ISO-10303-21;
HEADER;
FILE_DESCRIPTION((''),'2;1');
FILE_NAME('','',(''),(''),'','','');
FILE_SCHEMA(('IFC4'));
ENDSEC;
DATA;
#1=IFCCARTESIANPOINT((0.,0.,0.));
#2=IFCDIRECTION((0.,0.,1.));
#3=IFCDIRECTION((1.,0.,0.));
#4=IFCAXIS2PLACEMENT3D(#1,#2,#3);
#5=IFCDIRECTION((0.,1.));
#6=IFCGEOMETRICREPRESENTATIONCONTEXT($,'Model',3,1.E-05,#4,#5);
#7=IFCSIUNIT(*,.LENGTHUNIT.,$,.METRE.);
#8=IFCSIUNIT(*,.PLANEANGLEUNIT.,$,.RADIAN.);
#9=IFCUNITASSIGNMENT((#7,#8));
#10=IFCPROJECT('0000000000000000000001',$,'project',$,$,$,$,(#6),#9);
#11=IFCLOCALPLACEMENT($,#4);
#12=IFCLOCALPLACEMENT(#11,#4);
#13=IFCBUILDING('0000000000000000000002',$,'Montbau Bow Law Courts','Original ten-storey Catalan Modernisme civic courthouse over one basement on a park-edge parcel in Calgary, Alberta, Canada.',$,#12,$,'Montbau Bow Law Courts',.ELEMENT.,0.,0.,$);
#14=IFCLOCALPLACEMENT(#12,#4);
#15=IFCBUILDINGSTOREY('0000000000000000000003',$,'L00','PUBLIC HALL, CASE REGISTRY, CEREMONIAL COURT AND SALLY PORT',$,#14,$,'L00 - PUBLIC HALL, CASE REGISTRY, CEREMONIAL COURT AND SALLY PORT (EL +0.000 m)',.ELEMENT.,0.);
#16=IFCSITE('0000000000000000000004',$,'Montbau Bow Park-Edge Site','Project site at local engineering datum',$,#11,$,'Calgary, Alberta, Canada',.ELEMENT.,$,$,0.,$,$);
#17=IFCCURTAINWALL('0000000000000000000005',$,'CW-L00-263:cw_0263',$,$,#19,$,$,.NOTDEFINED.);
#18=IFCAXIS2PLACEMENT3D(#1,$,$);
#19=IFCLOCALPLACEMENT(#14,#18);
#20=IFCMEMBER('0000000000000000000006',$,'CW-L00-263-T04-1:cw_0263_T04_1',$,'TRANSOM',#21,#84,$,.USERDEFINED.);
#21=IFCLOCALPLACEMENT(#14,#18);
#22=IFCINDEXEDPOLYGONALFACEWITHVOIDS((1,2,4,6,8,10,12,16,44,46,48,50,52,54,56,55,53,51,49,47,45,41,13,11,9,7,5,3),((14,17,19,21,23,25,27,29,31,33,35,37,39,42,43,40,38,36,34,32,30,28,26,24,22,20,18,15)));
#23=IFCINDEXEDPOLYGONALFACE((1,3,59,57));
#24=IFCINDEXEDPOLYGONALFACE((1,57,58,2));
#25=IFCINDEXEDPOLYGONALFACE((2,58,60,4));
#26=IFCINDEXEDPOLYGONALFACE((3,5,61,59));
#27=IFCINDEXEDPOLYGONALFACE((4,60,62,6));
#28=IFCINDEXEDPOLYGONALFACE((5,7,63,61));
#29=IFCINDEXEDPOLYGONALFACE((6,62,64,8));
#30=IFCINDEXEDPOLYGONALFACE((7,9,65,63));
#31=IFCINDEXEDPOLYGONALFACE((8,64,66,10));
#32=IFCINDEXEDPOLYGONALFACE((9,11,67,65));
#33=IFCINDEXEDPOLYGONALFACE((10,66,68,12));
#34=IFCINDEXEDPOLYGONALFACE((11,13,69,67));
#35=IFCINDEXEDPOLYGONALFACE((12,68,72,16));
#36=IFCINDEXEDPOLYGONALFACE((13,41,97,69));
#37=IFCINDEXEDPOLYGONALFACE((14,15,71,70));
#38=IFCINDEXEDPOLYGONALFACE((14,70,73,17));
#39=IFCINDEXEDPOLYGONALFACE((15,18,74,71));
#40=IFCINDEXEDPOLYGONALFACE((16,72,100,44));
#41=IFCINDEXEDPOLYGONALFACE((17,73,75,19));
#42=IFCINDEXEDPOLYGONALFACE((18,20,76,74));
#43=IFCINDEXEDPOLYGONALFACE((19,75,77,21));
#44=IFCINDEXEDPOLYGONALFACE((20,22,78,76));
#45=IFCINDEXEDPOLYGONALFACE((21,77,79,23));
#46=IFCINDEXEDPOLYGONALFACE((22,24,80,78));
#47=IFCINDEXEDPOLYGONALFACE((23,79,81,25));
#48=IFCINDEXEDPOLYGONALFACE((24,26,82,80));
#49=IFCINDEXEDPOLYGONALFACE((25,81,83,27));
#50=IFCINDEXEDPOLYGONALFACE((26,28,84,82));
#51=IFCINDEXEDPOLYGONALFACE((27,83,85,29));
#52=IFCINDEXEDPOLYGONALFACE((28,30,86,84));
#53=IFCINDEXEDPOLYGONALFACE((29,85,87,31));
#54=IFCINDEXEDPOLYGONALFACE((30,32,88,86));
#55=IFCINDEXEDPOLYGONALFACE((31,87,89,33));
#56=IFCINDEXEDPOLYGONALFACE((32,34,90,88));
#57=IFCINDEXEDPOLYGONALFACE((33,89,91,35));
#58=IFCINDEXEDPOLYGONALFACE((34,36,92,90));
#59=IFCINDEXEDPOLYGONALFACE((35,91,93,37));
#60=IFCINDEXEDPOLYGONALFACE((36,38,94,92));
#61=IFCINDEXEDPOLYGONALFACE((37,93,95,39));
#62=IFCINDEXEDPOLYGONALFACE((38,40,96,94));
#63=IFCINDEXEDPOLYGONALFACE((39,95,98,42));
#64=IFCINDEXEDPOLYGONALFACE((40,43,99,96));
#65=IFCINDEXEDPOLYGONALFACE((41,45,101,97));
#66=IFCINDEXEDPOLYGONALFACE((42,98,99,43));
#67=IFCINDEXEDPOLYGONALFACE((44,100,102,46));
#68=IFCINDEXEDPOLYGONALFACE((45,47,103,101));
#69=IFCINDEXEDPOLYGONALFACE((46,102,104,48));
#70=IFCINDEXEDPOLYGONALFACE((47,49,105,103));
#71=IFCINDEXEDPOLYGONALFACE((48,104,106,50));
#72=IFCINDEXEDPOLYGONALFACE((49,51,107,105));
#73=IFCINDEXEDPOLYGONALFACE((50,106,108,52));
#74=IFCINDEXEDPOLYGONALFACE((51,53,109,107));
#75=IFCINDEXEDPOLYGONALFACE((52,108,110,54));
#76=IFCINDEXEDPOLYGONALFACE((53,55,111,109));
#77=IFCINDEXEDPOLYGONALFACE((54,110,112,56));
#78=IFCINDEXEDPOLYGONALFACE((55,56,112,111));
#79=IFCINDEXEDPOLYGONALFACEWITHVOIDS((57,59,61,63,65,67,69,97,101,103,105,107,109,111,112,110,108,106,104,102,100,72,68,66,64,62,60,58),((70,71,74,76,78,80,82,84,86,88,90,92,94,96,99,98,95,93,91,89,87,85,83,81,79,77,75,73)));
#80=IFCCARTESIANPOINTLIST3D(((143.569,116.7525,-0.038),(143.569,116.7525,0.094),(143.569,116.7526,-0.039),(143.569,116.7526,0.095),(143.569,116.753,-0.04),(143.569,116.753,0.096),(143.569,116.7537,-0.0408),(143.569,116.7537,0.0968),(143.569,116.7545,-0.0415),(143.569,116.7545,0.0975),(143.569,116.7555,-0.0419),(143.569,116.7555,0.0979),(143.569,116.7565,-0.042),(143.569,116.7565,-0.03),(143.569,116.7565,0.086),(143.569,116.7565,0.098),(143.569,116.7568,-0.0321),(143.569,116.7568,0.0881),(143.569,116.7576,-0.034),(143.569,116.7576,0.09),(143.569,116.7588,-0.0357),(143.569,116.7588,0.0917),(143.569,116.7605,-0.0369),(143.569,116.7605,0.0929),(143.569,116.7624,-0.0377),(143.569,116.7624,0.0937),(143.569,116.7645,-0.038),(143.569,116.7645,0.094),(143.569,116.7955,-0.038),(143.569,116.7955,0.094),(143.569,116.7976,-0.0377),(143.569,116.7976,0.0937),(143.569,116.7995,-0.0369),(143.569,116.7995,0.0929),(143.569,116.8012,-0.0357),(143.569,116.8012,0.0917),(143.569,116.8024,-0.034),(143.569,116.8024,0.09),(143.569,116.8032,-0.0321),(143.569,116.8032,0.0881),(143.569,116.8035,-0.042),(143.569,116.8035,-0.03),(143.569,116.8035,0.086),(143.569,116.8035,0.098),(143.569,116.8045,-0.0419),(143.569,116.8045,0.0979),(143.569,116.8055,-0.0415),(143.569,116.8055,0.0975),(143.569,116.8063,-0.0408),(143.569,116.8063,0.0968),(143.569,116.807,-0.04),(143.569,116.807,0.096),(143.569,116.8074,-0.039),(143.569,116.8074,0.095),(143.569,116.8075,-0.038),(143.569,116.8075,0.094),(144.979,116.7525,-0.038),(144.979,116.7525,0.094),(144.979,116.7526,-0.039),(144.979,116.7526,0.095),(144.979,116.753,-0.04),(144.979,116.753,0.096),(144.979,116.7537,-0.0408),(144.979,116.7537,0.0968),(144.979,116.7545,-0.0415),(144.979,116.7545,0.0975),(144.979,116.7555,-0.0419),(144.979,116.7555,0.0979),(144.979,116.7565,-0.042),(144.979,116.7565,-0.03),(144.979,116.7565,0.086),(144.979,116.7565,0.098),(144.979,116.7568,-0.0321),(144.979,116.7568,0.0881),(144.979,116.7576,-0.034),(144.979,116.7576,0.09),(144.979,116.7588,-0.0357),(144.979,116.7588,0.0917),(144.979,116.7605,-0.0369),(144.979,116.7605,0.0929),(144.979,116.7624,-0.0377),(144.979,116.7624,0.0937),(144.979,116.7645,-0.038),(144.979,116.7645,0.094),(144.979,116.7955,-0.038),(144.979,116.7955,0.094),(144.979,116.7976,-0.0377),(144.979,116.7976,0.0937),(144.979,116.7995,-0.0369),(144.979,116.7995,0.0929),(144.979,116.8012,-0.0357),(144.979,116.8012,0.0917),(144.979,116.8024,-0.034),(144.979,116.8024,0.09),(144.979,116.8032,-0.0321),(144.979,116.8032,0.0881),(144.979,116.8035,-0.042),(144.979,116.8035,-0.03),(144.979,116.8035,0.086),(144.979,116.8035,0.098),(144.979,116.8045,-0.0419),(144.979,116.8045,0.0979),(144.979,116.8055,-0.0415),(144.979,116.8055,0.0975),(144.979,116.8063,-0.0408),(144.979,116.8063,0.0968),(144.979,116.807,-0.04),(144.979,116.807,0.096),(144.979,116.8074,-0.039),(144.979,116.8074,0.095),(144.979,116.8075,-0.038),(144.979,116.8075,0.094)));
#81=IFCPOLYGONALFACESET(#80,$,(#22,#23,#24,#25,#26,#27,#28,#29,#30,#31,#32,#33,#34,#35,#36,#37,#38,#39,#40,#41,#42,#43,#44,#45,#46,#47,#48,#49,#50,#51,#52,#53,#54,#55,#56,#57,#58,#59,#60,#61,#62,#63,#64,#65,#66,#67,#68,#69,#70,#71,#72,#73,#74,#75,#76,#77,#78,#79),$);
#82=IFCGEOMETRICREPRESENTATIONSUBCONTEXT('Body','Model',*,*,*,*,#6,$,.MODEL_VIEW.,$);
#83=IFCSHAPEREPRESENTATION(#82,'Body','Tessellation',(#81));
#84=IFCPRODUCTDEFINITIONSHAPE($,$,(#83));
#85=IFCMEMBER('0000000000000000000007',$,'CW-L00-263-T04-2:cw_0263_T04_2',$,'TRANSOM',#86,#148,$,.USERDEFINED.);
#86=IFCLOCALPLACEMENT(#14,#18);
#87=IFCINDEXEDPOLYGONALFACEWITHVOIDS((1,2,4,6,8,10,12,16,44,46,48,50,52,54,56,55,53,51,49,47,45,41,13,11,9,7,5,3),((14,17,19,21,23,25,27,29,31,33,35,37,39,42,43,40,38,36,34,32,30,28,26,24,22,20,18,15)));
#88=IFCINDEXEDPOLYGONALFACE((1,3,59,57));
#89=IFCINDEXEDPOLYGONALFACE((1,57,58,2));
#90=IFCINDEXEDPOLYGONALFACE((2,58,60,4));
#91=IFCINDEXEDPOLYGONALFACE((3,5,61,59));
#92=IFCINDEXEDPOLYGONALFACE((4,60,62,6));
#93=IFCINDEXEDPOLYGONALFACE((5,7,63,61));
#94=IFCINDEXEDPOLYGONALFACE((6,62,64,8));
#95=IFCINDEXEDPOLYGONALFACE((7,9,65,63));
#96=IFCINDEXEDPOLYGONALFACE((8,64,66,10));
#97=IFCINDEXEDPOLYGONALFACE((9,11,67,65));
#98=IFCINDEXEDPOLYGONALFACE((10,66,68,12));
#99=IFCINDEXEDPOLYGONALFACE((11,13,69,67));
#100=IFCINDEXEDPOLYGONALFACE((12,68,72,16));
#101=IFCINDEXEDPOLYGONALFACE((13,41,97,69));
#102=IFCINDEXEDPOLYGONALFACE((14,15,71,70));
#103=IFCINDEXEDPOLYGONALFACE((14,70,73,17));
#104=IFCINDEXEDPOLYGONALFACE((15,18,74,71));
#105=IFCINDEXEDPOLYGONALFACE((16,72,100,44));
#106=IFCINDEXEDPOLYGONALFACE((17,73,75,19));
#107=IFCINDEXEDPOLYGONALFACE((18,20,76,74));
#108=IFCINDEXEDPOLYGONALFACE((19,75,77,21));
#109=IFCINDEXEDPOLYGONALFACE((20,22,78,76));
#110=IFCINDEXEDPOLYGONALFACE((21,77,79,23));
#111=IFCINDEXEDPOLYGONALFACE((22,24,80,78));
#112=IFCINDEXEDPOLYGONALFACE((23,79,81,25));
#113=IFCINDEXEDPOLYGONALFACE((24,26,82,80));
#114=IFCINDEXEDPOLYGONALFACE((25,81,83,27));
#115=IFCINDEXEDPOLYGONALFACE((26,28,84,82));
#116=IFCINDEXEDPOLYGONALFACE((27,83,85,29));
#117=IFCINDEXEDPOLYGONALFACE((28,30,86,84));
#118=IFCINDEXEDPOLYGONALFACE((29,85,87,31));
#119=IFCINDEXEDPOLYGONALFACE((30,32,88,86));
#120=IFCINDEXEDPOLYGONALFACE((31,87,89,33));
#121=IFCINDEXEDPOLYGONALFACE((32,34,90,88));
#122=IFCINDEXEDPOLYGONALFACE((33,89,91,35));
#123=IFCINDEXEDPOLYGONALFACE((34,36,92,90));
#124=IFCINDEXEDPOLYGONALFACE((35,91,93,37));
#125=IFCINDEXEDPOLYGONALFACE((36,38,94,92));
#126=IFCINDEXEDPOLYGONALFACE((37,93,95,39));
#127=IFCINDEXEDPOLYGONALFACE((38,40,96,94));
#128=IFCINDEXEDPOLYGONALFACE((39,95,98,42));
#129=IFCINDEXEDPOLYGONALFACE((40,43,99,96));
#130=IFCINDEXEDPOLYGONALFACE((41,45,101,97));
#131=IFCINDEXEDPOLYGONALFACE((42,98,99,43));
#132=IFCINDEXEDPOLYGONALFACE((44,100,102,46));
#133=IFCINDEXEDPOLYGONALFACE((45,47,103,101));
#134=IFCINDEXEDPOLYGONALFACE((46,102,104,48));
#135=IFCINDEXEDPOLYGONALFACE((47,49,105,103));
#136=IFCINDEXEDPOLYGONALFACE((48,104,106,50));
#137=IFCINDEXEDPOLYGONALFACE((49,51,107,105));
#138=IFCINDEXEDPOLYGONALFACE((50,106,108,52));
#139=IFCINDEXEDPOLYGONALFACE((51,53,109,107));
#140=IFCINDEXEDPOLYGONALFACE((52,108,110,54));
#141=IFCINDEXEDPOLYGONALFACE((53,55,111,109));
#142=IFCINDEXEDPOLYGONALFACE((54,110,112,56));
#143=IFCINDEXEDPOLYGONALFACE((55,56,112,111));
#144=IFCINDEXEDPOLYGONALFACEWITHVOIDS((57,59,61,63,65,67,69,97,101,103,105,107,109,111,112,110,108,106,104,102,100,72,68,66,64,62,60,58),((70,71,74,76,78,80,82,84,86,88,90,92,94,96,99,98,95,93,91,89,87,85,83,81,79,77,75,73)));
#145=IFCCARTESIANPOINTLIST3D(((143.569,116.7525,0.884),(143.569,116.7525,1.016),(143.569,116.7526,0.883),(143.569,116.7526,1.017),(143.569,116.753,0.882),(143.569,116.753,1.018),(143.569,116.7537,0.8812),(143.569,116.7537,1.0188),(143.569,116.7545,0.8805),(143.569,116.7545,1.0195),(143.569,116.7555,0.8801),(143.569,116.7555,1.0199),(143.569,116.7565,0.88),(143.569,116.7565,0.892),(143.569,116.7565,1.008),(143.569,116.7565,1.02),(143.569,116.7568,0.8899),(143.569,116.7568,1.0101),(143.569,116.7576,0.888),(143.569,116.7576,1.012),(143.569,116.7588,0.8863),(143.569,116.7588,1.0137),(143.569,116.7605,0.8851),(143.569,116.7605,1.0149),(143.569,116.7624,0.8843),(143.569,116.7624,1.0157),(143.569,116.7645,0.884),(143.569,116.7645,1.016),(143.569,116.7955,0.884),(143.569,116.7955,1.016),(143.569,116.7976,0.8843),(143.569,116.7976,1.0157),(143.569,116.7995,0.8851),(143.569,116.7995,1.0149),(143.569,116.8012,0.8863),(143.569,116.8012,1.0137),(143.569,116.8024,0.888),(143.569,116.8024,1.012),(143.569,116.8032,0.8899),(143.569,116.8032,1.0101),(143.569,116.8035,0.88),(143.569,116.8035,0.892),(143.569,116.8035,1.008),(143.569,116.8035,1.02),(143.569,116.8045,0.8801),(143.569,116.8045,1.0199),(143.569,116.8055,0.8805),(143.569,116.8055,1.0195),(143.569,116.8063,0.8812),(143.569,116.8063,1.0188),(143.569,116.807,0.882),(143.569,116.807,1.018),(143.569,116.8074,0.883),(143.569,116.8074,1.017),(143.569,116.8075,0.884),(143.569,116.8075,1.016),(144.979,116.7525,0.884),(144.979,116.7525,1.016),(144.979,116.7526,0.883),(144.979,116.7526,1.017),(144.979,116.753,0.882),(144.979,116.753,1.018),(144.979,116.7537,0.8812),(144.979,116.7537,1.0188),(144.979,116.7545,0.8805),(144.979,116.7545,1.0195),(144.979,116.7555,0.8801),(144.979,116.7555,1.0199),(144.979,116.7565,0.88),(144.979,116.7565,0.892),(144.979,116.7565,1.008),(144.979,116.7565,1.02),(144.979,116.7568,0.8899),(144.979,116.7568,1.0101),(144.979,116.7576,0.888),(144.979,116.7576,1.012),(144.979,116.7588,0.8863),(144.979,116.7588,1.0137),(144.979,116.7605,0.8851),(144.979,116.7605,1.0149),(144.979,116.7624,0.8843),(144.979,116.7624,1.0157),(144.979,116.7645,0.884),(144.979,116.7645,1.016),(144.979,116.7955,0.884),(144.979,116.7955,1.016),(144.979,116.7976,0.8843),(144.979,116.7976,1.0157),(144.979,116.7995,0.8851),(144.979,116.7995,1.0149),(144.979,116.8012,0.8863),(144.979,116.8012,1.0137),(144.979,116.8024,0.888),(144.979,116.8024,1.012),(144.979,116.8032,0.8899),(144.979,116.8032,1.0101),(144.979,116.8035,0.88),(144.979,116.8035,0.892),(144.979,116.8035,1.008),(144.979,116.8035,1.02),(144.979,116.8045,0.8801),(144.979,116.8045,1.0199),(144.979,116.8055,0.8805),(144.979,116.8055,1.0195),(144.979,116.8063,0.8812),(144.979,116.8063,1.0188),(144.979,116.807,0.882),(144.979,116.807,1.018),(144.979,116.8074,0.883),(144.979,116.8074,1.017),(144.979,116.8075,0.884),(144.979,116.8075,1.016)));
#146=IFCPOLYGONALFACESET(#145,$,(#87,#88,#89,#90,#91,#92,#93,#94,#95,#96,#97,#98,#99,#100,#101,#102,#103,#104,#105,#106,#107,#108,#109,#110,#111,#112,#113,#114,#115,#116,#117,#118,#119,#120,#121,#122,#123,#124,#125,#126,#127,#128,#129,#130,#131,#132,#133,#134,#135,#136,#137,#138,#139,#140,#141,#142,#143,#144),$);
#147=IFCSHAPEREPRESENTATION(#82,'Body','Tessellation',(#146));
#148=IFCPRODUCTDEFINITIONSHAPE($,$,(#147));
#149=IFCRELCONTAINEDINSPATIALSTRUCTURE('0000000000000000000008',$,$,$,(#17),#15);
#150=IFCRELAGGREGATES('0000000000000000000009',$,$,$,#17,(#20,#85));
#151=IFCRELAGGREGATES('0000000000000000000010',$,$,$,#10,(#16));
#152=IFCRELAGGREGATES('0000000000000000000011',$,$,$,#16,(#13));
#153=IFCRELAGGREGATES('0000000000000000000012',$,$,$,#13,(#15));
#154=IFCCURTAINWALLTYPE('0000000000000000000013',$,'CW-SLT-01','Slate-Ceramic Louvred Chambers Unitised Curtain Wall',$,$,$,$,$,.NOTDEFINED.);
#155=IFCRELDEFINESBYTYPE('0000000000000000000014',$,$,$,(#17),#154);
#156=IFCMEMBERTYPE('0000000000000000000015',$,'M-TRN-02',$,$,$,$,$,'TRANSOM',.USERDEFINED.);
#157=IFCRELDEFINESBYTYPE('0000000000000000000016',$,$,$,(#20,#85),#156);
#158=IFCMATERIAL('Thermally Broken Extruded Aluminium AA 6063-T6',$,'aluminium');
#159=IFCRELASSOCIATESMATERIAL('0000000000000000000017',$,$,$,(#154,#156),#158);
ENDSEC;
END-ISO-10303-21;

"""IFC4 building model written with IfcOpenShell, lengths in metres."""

from ifc_helpers import new_model, si_unit, direction, frame, origin_with_axes, origin_2d_with_axis, place, context, subcontext, project, spatial, hollow_rectangle, extrude, material, material_profile, profile_set, type_object, element, aggregate, save


model = new_model("IFC4")

# Units and contexts
model_context = context("Model", 3, precision=1e-05, world=origin_with_axes(), true_north=direction((0.0, 1.0)))
body_context = subcontext(model_context, "Body", "Model", "MODEL_VIEW")
ifc_project = project(units=[si_unit("LENGTHUNIT", "METRE"), si_unit("PLANEANGLEUNIT", "RADIAN")], contexts=[model_context])

# Site, building, storey
site_placement = place(None, origin_with_axes())
site = spatial("IfcSite", under=ifc_project, at=site_placement, Name="Montbau Bow Park-Edge Site", Description="Project site at local engineering datum", LongName="Calgary, Alberta, Canada", CompositionType="ELEMENT", RefElevation=0.0)
building_placement = place(site_placement, origin_with_axes())
building = spatial("IfcBuilding", under=site, at=building_placement, Name="Montbau Bow Law Courts", Description="Original ten-storey Catalan Modernisme civic courthouse over one basement on a park-edge parcel in Calgary, Alberta, Canada.", LongName="Montbau Bow Law Courts", CompositionType="ELEMENT", ElevationOfRefHeight=0.0, ElevationOfTerrain=0.0)
storey_placement = place(building_placement, origin_with_axes())
storey = spatial("IfcBuildingStorey", under=building, at=storey_placement, Name="L00", Description="PUBLIC HALL, CASE REGISTRY, CEREMONIAL COURT AND SALLY PORT", LongName="L00 - PUBLIC HALL, CASE REGISTRY, CEREMONIAL COURT AND SALLY PORT (EL +0.000 m)", CompositionType="ELEMENT", Elevation=0.0)

# Curtain wall, members
ifc_material_1 = material(Name="Thermally Broken Extruded Aluminium AA 6063-T6", Category="aluminium")
curtain_wall_type = type_object("IfcCurtainWallType", Name="CW-SLT-01", Description="Slate-Ceramic Louvred Chambers Unitised Curtain Wall", PredefinedType="NOTDEFINED", material=ifc_material_1)
curtain_wall_placement = place(None, frame((139.115, 116.78, 0.0), z_axis=(0.0, 0.0, 1.0), x_axis=(1.0, 0.0, 0.0)))
curtain_wall = element("IfcCurtainWall", 1, at=curtain_wall_placement, inside=storey, type_object=curtain_wall_type, Name="CW-L00-263:cw_0263", PredefinedType="NOTDEFINED")
ifc_material_profile_1 = material_profile(ifc_material_1, hollow_rectangle(XDim=0.055, YDim=0.14, WallThickness=0.004, InnerFilletRadius=0.008, OuterFilletRadius=0.004, at=origin_2d_with_axis()), Name="CWT-140X55", Category="Main", Priority=0)
ifc_profile_set_1 = profile_set([ifc_material_profile_1], Name="Thermally Broken Extruded Aluminium AA 6063-T6")
member_type_1 = type_object("IfcMemberType", Name="M-TRN-02", ElementType="TRANSOM", PredefinedType="USERDEFINED", material=ifc_profile_set_1)
member_1_placement = place(None, frame((143.569, 116.78, 0.028), z_axis=(1.0, 0.0, 0.0), x_axis=(0.0, 1.0, 0.0)))
member_1 = element("IfcMember", 2, at=member_1_placement, type_object=member_type_1, Name="CW-L00-263-T04-1:cw_0263_T04_1", ObjectType="TRANSOM", PredefinedType="USERDEFINED", context=body_context, shape_type="SweptSolid", body=[
    extrude(hollow_rectangle(XDim=0.055, YDim=0.14, WallThickness=0.004, InnerFilletRadius=0.008, OuterFilletRadius=0.004, at=origin_2d_with_axis()), origin_with_axes(), (0.0, 0.0, 1.0), 1.41),
])
member_2_placement = place(None, frame((143.569, 116.78, 0.95), z_axis=(1.0, 0.0, 0.0), x_axis=(0.0, 1.0, 0.0)))
member_2 = element("IfcMember", 3, at=member_2_placement, type_object=member_type_1, Name="CW-L00-263-T04-2:cw_0263_T04_2", ObjectType="TRANSOM", PredefinedType="USERDEFINED", context=body_context, shape_type="SweptSolid", body=[
    extrude(hollow_rectangle(XDim=0.055, YDim=0.14, WallThickness=0.004, InnerFilletRadius=0.008, OuterFilletRadius=0.004, at=origin_2d_with_axis()), origin_with_axes(), (0.0, 0.0, 1.0), 1.41),
])
aggregate(curtain_wall, [member_1, member_2])

save(model, "model.ifc")
